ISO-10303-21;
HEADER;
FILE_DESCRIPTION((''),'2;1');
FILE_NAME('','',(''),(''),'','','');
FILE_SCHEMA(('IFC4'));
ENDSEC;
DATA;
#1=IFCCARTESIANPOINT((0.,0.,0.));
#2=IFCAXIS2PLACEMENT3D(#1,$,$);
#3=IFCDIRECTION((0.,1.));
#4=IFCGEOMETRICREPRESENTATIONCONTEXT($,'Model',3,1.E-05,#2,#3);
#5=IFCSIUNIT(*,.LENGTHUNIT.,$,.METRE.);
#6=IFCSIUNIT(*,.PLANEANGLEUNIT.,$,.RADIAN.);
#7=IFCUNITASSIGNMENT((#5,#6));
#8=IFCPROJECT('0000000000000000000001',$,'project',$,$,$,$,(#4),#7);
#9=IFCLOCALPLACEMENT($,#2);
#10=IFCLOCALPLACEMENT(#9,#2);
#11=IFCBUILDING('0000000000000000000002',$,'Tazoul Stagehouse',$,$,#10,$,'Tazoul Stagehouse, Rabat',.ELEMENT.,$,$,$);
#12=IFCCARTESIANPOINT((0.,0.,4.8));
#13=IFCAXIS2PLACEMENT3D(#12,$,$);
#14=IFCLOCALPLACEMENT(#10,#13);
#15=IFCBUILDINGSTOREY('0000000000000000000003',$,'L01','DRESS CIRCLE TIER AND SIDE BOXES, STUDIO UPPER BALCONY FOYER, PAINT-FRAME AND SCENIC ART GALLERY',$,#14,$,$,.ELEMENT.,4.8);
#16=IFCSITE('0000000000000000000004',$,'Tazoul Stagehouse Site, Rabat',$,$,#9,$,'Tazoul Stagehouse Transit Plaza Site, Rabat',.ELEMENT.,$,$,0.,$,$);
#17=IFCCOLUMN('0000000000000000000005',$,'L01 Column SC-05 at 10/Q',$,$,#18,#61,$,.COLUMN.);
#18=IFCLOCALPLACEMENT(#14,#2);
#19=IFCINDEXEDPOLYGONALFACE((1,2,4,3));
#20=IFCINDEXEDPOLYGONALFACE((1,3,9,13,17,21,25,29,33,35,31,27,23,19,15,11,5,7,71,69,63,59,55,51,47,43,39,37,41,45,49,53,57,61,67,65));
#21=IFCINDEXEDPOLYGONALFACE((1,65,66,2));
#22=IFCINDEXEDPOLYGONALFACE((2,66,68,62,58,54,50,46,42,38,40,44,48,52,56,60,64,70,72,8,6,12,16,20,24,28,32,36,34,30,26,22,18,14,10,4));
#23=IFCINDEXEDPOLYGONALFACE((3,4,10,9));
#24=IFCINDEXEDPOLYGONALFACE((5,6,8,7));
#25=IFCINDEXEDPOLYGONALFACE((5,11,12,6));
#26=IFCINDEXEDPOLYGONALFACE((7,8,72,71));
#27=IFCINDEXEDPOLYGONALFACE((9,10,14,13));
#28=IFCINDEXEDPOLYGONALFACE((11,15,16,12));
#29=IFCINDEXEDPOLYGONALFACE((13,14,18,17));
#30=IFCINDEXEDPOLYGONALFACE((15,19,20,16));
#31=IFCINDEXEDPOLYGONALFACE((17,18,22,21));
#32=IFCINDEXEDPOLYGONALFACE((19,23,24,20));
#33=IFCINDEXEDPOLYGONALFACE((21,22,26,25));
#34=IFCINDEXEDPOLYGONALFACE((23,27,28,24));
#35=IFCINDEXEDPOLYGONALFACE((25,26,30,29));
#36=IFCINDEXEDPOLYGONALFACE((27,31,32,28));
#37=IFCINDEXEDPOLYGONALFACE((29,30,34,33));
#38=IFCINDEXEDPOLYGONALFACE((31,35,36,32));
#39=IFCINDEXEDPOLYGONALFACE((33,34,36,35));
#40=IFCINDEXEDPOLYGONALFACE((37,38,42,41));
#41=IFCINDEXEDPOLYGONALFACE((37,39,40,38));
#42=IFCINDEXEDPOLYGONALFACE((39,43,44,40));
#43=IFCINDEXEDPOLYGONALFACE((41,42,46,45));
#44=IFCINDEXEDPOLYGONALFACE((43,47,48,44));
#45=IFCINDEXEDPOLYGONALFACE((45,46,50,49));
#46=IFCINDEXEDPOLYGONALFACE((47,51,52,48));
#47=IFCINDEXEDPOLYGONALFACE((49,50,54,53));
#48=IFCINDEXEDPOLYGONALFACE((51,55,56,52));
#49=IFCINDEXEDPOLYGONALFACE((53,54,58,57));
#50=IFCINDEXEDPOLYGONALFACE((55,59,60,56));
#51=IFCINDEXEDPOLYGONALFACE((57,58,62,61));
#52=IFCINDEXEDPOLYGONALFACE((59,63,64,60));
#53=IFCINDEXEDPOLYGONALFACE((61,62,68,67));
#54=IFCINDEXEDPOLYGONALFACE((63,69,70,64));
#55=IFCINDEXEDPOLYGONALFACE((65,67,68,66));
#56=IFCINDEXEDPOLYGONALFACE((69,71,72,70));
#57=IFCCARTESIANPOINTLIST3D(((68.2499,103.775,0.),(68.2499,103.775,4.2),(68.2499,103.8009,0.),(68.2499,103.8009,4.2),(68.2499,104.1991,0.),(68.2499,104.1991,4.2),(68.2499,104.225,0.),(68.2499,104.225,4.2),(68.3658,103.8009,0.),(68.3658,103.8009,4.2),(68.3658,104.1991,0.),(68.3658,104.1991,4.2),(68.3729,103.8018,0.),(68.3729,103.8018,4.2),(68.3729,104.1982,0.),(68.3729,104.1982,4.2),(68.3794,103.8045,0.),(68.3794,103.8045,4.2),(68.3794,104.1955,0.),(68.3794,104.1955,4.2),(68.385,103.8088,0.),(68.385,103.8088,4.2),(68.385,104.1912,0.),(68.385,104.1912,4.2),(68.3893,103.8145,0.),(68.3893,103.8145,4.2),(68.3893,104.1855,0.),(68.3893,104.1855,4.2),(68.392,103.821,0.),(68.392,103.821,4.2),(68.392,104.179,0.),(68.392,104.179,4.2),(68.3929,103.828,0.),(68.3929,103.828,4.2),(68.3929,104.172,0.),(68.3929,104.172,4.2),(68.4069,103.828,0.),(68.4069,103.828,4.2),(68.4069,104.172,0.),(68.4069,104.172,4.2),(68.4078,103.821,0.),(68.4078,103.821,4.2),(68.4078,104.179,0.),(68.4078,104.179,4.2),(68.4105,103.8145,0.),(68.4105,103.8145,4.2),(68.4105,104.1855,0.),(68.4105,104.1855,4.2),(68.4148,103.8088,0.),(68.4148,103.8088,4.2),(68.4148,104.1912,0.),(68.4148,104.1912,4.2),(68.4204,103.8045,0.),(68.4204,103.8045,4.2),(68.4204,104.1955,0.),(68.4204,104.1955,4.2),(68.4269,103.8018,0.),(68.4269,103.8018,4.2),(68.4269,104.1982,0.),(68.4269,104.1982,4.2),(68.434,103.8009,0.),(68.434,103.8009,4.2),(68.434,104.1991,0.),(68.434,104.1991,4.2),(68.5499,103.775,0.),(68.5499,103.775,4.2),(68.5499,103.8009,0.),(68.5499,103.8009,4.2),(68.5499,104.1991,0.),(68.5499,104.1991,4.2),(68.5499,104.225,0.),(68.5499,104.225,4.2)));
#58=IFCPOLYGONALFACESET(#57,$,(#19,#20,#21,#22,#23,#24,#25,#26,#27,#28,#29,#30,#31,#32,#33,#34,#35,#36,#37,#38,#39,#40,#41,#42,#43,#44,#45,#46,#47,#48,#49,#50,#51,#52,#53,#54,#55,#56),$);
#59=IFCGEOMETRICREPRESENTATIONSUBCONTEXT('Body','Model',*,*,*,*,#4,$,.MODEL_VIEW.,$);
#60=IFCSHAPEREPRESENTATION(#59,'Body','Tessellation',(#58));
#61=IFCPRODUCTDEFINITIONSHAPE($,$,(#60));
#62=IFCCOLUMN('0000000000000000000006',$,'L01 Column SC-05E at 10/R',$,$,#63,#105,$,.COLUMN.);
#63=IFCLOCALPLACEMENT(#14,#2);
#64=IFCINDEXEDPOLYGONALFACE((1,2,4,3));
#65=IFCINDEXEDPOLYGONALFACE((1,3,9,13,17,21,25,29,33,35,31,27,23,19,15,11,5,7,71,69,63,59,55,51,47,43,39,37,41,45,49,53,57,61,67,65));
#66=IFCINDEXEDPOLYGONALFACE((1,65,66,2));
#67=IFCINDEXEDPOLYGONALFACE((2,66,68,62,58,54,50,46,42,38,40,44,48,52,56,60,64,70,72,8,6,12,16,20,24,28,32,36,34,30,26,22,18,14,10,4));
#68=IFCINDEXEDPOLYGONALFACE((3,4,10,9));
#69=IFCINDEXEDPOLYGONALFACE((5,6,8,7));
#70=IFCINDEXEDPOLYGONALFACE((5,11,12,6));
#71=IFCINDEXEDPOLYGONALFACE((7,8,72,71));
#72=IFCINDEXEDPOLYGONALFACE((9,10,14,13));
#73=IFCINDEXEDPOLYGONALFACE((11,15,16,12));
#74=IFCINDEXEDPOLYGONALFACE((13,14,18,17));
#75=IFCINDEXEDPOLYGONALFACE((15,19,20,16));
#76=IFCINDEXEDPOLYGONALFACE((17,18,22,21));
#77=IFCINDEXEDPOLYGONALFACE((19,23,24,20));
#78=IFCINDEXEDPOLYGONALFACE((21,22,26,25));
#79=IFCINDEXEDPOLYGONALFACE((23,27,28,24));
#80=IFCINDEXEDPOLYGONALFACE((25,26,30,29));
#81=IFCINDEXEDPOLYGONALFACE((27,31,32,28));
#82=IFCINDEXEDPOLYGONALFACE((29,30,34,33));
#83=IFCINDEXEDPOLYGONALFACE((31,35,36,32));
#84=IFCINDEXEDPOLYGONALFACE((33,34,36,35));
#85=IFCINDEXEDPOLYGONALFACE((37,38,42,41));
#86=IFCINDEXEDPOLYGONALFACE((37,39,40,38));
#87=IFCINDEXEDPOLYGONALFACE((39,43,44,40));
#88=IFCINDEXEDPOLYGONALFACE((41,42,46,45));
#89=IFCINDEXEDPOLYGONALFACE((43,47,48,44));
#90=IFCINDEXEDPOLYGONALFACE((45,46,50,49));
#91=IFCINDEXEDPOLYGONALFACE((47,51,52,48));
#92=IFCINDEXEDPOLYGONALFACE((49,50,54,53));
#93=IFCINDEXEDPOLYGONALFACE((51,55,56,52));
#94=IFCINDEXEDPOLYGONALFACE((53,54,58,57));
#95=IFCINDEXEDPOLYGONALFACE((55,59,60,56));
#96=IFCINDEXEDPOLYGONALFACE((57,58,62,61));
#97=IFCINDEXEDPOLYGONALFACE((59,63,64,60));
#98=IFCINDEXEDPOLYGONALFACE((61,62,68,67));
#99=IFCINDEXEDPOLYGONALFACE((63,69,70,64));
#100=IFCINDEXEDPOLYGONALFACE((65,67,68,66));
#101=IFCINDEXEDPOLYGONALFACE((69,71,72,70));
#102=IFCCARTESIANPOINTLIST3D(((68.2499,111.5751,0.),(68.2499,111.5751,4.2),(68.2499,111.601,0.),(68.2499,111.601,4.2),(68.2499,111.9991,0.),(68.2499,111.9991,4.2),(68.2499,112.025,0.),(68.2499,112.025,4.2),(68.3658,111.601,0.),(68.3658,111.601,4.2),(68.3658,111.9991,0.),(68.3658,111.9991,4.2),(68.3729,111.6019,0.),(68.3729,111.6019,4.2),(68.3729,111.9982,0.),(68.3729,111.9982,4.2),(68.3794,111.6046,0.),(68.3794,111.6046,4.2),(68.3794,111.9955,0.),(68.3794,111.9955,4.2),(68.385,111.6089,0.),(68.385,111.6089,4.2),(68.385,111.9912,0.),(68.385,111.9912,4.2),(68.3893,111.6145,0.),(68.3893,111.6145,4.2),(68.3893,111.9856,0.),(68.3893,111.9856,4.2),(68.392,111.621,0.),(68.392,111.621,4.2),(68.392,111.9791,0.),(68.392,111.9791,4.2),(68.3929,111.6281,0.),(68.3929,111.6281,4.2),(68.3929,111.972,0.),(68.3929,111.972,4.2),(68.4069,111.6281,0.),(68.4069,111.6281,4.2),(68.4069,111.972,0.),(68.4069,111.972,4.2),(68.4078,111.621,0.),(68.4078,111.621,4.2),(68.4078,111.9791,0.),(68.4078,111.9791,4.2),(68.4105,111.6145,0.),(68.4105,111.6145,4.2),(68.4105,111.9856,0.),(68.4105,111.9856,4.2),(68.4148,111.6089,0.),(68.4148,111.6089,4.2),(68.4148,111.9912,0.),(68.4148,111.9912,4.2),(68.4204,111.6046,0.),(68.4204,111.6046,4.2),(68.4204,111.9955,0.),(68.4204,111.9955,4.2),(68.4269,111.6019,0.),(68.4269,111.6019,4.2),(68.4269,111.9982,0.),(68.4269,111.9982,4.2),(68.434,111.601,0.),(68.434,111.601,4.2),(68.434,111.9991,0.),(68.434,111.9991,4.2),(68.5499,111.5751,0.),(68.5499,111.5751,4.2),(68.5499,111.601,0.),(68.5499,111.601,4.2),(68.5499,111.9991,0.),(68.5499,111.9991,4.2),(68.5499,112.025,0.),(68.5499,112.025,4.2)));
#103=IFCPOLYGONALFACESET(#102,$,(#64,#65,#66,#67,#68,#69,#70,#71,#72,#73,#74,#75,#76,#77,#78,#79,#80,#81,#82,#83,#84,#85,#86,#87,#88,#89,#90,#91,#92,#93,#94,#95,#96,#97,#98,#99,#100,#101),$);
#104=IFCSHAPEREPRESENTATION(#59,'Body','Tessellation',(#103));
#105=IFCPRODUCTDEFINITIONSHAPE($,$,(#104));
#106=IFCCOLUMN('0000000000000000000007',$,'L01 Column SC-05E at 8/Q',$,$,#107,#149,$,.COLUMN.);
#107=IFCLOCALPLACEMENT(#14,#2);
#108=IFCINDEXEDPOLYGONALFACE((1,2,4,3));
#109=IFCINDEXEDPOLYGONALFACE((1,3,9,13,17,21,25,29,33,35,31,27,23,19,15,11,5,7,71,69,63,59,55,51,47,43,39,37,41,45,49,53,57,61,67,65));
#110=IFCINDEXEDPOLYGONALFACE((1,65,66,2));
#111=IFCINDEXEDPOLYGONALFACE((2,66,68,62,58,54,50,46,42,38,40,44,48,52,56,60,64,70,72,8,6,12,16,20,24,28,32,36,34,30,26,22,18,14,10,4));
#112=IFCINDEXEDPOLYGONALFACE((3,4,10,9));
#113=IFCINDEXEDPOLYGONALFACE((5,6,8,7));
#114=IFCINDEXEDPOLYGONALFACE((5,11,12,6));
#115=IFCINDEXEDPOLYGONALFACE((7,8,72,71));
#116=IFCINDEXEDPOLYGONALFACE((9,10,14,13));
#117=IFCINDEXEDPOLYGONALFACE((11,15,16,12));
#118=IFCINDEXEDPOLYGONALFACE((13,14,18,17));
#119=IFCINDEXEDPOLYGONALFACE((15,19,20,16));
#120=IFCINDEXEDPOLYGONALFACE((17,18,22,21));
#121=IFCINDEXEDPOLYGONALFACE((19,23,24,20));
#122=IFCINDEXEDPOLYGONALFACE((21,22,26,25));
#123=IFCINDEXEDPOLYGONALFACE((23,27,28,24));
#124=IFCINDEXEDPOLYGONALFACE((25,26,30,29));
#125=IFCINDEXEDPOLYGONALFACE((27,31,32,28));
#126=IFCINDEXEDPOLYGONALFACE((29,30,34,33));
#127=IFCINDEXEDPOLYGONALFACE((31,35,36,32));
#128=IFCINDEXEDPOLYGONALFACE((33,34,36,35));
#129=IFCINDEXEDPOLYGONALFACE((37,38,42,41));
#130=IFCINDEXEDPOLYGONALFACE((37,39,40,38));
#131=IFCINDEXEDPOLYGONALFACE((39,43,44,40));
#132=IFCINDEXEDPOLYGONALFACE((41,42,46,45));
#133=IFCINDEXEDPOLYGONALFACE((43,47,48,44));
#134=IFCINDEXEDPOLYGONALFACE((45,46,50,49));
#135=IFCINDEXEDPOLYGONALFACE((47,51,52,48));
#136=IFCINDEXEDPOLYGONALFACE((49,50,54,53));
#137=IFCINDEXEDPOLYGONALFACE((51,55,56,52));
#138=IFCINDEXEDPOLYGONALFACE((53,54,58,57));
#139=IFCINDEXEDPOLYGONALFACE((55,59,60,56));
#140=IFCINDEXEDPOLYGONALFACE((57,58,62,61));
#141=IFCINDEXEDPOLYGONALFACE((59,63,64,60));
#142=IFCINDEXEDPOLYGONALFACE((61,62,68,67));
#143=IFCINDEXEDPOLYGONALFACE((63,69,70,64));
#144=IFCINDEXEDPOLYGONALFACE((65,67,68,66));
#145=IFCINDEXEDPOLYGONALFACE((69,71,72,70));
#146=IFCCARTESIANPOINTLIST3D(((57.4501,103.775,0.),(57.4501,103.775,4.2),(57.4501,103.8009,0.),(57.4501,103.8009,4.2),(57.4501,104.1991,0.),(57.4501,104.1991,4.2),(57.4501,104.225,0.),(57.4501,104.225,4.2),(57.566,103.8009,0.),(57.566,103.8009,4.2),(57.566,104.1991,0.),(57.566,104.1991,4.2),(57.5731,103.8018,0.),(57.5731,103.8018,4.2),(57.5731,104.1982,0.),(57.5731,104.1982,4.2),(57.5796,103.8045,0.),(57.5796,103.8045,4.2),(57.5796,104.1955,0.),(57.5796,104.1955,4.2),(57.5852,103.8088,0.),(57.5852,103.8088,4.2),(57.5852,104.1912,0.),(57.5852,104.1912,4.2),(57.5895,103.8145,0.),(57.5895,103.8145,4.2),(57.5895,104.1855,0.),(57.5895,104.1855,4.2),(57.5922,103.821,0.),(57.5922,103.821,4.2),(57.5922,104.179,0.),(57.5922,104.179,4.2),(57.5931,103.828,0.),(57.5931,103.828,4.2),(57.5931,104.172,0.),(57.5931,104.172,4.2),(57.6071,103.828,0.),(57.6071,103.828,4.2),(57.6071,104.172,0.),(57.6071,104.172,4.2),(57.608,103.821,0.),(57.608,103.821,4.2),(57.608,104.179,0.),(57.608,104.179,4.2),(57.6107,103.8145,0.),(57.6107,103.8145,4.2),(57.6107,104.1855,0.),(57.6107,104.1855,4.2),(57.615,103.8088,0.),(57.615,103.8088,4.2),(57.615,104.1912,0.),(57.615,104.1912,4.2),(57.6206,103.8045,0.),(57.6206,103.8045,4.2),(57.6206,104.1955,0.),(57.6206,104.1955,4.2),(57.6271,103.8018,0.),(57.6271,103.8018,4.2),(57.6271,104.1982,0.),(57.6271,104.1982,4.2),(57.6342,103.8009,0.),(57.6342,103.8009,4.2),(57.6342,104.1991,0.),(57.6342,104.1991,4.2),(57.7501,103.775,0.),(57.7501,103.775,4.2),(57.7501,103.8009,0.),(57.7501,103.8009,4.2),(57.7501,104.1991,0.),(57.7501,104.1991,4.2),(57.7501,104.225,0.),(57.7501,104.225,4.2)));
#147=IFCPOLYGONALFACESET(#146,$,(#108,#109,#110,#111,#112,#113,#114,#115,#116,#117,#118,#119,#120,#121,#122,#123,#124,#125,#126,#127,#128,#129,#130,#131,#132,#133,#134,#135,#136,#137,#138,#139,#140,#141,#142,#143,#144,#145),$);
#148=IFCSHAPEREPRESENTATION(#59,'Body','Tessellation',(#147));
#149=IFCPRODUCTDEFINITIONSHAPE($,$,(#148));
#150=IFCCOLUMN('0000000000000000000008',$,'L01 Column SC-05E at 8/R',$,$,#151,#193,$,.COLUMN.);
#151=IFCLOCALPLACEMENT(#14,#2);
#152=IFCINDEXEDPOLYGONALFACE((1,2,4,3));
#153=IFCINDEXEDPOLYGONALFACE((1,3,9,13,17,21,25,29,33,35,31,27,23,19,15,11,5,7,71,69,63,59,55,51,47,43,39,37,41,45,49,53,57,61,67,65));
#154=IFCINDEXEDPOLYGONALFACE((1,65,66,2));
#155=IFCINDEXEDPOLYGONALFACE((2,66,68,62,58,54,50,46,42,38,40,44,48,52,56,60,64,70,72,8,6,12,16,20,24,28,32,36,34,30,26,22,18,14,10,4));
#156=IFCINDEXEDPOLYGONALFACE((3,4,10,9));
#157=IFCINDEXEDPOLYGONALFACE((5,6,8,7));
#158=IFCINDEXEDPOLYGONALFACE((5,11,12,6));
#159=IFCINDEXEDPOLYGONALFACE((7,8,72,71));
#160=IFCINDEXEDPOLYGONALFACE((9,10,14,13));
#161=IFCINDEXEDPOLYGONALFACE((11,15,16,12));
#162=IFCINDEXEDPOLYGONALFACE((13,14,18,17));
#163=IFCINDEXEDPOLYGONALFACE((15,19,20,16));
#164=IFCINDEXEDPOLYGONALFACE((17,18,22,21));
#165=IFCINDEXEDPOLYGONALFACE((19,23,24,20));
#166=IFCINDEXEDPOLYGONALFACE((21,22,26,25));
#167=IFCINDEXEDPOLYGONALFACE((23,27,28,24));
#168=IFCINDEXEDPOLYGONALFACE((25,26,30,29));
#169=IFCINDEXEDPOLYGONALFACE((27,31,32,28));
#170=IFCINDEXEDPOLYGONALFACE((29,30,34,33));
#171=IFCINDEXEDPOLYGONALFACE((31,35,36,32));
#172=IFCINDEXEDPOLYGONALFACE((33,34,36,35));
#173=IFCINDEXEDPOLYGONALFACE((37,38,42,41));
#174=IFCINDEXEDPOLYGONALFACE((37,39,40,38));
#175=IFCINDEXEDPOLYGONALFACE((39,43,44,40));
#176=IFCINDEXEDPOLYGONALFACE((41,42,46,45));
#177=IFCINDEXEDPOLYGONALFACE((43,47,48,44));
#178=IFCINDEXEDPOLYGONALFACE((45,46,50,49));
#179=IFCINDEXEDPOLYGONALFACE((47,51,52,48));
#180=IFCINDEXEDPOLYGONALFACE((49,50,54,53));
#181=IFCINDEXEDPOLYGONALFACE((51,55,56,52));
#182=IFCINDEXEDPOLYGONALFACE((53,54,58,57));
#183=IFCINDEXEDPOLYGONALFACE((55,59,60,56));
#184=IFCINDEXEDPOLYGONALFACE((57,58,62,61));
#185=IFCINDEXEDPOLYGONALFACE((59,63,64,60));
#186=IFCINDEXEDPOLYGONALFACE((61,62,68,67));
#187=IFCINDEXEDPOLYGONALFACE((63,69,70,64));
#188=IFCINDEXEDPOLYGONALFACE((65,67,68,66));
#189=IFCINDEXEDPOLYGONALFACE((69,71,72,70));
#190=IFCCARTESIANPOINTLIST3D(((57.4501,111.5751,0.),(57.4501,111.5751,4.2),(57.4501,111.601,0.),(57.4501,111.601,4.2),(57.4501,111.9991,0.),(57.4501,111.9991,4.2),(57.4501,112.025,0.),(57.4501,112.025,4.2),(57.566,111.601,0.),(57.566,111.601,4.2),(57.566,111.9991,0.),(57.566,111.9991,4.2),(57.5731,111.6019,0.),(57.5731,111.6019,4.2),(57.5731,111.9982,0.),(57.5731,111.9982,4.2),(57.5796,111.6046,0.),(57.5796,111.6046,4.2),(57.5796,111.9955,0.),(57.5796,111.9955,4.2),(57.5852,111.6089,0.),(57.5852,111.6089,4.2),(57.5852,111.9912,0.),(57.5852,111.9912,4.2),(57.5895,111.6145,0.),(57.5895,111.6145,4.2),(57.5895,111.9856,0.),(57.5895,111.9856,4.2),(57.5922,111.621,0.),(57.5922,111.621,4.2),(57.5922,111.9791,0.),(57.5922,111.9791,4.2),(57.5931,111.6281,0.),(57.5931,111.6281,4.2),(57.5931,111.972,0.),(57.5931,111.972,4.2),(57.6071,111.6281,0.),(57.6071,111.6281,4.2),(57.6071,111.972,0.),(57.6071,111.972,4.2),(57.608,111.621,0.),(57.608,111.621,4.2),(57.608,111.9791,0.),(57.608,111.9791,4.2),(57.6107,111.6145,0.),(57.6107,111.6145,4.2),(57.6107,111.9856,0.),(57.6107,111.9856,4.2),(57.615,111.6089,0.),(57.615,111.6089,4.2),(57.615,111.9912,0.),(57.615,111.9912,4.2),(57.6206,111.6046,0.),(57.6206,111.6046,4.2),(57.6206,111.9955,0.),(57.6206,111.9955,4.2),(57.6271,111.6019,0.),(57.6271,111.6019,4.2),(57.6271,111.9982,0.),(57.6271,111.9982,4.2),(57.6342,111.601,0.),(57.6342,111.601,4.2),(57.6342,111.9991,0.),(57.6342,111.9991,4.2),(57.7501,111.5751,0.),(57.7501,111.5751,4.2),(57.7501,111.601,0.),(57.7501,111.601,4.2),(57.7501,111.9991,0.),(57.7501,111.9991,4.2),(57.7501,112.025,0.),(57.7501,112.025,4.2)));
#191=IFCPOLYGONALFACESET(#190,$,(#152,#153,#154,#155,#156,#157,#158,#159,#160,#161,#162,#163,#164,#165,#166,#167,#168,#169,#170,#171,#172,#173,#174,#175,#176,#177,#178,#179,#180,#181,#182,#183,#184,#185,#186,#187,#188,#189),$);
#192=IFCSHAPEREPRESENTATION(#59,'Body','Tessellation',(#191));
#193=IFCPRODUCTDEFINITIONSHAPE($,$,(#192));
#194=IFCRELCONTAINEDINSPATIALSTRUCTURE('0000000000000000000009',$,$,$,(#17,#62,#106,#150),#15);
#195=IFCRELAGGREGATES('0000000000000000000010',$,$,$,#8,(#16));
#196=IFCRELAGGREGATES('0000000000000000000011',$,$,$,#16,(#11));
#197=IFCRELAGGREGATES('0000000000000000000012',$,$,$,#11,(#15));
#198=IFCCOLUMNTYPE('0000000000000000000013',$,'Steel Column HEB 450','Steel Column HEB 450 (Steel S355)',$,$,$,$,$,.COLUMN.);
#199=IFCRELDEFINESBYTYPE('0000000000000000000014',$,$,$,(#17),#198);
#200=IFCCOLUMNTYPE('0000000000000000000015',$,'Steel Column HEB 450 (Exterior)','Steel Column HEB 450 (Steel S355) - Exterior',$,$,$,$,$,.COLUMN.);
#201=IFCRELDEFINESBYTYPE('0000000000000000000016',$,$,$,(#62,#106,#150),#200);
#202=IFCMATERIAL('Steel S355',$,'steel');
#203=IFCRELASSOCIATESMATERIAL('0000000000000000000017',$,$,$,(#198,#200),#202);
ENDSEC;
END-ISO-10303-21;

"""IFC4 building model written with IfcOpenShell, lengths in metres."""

from ifc_helpers import new_model, si_unit, direction, frame, origin, origin_2d, place, context, subcontext, project, spatial, i_section, extrude, material, material_profile, profile_set, type_object, element, save


model = new_model("IFC4")

# Units and contexts
model_context = context("Model", 3, precision=1e-05, world=origin(), true_north=direction((0.0, 1.0)))
body_context = subcontext(model_context, "Body", "Model", "MODEL_VIEW")
ifc_project = project(units=[si_unit("LENGTHUNIT", "METRE"), si_unit("PLANEANGLEUNIT", "RADIAN")], contexts=[model_context])

# Site, building, storey
site_placement = place(None, origin())
site = spatial("IfcSite", under=ifc_project, at=site_placement, Name="Tazoul Stagehouse Site, Rabat", LongName="Tazoul Stagehouse Transit Plaza Site, Rabat", CompositionType="ELEMENT", RefElevation=0.0)
building_placement = place(site_placement, origin())
building = spatial("IfcBuilding", under=site, at=building_placement, Name="Tazoul Stagehouse", LongName="Tazoul Stagehouse, Rabat", CompositionType="ELEMENT")
storey_placement = place(building_placement, frame((0.0, 0.0, 4.8)))
storey = spatial("IfcBuildingStorey", under=building, at=storey_placement, Name="L01", Description="DRESS CIRCLE TIER AND SIDE BOXES, STUDIO UPPER BALCONY FOYER, PAINT-FRAME AND SCENIC ART GALLERY", CompositionType="ELEMENT", Elevation=4.8)

# Columns
ifc_material_1 = material(Name="Steel S355", Category="steel")
ifc_material_profile_1 = material_profile(ifc_material_1, i_section(OverallWidth=0.3, OverallDepth=0.45, WebThickness=0.0139, FlangeThickness=0.0259, FilletRadius=0.0271, at=origin_2d()), Name="HEB 450")
ifc_profile_set_1 = profile_set([ifc_material_profile_1], Name="Steel S355")
column_type_1 = type_object("IfcColumnType", Name="Steel Column HEB 450", Description="Steel Column HEB 450 (Steel S355)", PredefinedType="COLUMN", material=ifc_profile_set_1)
column_placement = place(storey_placement, frame((68.3999, 104.0, 0.0), z_axis=(0.0, 0.0, 1.0), x_axis=(1.0, 0.0, 0.0)))
element("IfcColumn", 1, at=column_placement, inside=storey, type_object=column_type_1, Name="L01 Column SC-05 at 10/Q", PredefinedType="COLUMN", context=body_context, shape_type="SweptSolid", body=[
    extrude(i_section(OverallWidth=0.3, OverallDepth=0.45, WebThickness=0.0139, FlangeThickness=0.0259, FilletRadius=0.0271, at=origin_2d()), origin(), (0.0, 0.0, 1.0), 4.2),
])
ifc_material_profile_2 = material_profile(ifc_material_1, i_section(OverallWidth=0.3, OverallDepth=0.45, WebThickness=0.0139, FlangeThickness=0.0259, FilletRadius=0.0271, at=origin_2d()), Name="HEB 450")
ifc_profile_set_2 = profile_set([ifc_material_profile_2], Name="Steel S355")
column_type_2 = type_object("IfcColumnType", Name="Steel Column HEB 450 (Exterior)", Description="Steel Column HEB 450 (Steel S355) - Exterior", PredefinedType="COLUMN", material=ifc_profile_set_2)
for number, where, z_axis, x_axis, name in (
    (2, (68.3999, 111.8, 0.0), (0.0, 0.0, 1.0), (1.0, 0.0, 0.0), "L01 Column SC-05E at 10/R"),
    (3, (57.6001, 104.0, 0.0), (0.0, 0.0, 1.0), (1.0, 0.0, 0.0), "L01 Column SC-05E at 8/Q"),
    (4, (57.6001, 111.8, 0.0), (0.0, 0.0, 1.0), (1.0, 0.0, 0.0), "L01 Column SC-05E at 8/R"),
):
    element("IfcColumn", number, at=place(storey_placement, frame(where, z_axis=z_axis, x_axis=x_axis)), inside=storey, type_object=column_type_2, Name=name, PredefinedType="COLUMN", context=body_context, shape_type="SweptSolid", body=[
        extrude(i_section(OverallWidth=0.3, OverallDepth=0.45, WebThickness=0.0139, FlangeThickness=0.0259, FilletRadius=0.0271, at=origin_2d()), origin(), (0.0, 0.0, 1.0), 4.2),
    ])

save(model, "model.ifc")
